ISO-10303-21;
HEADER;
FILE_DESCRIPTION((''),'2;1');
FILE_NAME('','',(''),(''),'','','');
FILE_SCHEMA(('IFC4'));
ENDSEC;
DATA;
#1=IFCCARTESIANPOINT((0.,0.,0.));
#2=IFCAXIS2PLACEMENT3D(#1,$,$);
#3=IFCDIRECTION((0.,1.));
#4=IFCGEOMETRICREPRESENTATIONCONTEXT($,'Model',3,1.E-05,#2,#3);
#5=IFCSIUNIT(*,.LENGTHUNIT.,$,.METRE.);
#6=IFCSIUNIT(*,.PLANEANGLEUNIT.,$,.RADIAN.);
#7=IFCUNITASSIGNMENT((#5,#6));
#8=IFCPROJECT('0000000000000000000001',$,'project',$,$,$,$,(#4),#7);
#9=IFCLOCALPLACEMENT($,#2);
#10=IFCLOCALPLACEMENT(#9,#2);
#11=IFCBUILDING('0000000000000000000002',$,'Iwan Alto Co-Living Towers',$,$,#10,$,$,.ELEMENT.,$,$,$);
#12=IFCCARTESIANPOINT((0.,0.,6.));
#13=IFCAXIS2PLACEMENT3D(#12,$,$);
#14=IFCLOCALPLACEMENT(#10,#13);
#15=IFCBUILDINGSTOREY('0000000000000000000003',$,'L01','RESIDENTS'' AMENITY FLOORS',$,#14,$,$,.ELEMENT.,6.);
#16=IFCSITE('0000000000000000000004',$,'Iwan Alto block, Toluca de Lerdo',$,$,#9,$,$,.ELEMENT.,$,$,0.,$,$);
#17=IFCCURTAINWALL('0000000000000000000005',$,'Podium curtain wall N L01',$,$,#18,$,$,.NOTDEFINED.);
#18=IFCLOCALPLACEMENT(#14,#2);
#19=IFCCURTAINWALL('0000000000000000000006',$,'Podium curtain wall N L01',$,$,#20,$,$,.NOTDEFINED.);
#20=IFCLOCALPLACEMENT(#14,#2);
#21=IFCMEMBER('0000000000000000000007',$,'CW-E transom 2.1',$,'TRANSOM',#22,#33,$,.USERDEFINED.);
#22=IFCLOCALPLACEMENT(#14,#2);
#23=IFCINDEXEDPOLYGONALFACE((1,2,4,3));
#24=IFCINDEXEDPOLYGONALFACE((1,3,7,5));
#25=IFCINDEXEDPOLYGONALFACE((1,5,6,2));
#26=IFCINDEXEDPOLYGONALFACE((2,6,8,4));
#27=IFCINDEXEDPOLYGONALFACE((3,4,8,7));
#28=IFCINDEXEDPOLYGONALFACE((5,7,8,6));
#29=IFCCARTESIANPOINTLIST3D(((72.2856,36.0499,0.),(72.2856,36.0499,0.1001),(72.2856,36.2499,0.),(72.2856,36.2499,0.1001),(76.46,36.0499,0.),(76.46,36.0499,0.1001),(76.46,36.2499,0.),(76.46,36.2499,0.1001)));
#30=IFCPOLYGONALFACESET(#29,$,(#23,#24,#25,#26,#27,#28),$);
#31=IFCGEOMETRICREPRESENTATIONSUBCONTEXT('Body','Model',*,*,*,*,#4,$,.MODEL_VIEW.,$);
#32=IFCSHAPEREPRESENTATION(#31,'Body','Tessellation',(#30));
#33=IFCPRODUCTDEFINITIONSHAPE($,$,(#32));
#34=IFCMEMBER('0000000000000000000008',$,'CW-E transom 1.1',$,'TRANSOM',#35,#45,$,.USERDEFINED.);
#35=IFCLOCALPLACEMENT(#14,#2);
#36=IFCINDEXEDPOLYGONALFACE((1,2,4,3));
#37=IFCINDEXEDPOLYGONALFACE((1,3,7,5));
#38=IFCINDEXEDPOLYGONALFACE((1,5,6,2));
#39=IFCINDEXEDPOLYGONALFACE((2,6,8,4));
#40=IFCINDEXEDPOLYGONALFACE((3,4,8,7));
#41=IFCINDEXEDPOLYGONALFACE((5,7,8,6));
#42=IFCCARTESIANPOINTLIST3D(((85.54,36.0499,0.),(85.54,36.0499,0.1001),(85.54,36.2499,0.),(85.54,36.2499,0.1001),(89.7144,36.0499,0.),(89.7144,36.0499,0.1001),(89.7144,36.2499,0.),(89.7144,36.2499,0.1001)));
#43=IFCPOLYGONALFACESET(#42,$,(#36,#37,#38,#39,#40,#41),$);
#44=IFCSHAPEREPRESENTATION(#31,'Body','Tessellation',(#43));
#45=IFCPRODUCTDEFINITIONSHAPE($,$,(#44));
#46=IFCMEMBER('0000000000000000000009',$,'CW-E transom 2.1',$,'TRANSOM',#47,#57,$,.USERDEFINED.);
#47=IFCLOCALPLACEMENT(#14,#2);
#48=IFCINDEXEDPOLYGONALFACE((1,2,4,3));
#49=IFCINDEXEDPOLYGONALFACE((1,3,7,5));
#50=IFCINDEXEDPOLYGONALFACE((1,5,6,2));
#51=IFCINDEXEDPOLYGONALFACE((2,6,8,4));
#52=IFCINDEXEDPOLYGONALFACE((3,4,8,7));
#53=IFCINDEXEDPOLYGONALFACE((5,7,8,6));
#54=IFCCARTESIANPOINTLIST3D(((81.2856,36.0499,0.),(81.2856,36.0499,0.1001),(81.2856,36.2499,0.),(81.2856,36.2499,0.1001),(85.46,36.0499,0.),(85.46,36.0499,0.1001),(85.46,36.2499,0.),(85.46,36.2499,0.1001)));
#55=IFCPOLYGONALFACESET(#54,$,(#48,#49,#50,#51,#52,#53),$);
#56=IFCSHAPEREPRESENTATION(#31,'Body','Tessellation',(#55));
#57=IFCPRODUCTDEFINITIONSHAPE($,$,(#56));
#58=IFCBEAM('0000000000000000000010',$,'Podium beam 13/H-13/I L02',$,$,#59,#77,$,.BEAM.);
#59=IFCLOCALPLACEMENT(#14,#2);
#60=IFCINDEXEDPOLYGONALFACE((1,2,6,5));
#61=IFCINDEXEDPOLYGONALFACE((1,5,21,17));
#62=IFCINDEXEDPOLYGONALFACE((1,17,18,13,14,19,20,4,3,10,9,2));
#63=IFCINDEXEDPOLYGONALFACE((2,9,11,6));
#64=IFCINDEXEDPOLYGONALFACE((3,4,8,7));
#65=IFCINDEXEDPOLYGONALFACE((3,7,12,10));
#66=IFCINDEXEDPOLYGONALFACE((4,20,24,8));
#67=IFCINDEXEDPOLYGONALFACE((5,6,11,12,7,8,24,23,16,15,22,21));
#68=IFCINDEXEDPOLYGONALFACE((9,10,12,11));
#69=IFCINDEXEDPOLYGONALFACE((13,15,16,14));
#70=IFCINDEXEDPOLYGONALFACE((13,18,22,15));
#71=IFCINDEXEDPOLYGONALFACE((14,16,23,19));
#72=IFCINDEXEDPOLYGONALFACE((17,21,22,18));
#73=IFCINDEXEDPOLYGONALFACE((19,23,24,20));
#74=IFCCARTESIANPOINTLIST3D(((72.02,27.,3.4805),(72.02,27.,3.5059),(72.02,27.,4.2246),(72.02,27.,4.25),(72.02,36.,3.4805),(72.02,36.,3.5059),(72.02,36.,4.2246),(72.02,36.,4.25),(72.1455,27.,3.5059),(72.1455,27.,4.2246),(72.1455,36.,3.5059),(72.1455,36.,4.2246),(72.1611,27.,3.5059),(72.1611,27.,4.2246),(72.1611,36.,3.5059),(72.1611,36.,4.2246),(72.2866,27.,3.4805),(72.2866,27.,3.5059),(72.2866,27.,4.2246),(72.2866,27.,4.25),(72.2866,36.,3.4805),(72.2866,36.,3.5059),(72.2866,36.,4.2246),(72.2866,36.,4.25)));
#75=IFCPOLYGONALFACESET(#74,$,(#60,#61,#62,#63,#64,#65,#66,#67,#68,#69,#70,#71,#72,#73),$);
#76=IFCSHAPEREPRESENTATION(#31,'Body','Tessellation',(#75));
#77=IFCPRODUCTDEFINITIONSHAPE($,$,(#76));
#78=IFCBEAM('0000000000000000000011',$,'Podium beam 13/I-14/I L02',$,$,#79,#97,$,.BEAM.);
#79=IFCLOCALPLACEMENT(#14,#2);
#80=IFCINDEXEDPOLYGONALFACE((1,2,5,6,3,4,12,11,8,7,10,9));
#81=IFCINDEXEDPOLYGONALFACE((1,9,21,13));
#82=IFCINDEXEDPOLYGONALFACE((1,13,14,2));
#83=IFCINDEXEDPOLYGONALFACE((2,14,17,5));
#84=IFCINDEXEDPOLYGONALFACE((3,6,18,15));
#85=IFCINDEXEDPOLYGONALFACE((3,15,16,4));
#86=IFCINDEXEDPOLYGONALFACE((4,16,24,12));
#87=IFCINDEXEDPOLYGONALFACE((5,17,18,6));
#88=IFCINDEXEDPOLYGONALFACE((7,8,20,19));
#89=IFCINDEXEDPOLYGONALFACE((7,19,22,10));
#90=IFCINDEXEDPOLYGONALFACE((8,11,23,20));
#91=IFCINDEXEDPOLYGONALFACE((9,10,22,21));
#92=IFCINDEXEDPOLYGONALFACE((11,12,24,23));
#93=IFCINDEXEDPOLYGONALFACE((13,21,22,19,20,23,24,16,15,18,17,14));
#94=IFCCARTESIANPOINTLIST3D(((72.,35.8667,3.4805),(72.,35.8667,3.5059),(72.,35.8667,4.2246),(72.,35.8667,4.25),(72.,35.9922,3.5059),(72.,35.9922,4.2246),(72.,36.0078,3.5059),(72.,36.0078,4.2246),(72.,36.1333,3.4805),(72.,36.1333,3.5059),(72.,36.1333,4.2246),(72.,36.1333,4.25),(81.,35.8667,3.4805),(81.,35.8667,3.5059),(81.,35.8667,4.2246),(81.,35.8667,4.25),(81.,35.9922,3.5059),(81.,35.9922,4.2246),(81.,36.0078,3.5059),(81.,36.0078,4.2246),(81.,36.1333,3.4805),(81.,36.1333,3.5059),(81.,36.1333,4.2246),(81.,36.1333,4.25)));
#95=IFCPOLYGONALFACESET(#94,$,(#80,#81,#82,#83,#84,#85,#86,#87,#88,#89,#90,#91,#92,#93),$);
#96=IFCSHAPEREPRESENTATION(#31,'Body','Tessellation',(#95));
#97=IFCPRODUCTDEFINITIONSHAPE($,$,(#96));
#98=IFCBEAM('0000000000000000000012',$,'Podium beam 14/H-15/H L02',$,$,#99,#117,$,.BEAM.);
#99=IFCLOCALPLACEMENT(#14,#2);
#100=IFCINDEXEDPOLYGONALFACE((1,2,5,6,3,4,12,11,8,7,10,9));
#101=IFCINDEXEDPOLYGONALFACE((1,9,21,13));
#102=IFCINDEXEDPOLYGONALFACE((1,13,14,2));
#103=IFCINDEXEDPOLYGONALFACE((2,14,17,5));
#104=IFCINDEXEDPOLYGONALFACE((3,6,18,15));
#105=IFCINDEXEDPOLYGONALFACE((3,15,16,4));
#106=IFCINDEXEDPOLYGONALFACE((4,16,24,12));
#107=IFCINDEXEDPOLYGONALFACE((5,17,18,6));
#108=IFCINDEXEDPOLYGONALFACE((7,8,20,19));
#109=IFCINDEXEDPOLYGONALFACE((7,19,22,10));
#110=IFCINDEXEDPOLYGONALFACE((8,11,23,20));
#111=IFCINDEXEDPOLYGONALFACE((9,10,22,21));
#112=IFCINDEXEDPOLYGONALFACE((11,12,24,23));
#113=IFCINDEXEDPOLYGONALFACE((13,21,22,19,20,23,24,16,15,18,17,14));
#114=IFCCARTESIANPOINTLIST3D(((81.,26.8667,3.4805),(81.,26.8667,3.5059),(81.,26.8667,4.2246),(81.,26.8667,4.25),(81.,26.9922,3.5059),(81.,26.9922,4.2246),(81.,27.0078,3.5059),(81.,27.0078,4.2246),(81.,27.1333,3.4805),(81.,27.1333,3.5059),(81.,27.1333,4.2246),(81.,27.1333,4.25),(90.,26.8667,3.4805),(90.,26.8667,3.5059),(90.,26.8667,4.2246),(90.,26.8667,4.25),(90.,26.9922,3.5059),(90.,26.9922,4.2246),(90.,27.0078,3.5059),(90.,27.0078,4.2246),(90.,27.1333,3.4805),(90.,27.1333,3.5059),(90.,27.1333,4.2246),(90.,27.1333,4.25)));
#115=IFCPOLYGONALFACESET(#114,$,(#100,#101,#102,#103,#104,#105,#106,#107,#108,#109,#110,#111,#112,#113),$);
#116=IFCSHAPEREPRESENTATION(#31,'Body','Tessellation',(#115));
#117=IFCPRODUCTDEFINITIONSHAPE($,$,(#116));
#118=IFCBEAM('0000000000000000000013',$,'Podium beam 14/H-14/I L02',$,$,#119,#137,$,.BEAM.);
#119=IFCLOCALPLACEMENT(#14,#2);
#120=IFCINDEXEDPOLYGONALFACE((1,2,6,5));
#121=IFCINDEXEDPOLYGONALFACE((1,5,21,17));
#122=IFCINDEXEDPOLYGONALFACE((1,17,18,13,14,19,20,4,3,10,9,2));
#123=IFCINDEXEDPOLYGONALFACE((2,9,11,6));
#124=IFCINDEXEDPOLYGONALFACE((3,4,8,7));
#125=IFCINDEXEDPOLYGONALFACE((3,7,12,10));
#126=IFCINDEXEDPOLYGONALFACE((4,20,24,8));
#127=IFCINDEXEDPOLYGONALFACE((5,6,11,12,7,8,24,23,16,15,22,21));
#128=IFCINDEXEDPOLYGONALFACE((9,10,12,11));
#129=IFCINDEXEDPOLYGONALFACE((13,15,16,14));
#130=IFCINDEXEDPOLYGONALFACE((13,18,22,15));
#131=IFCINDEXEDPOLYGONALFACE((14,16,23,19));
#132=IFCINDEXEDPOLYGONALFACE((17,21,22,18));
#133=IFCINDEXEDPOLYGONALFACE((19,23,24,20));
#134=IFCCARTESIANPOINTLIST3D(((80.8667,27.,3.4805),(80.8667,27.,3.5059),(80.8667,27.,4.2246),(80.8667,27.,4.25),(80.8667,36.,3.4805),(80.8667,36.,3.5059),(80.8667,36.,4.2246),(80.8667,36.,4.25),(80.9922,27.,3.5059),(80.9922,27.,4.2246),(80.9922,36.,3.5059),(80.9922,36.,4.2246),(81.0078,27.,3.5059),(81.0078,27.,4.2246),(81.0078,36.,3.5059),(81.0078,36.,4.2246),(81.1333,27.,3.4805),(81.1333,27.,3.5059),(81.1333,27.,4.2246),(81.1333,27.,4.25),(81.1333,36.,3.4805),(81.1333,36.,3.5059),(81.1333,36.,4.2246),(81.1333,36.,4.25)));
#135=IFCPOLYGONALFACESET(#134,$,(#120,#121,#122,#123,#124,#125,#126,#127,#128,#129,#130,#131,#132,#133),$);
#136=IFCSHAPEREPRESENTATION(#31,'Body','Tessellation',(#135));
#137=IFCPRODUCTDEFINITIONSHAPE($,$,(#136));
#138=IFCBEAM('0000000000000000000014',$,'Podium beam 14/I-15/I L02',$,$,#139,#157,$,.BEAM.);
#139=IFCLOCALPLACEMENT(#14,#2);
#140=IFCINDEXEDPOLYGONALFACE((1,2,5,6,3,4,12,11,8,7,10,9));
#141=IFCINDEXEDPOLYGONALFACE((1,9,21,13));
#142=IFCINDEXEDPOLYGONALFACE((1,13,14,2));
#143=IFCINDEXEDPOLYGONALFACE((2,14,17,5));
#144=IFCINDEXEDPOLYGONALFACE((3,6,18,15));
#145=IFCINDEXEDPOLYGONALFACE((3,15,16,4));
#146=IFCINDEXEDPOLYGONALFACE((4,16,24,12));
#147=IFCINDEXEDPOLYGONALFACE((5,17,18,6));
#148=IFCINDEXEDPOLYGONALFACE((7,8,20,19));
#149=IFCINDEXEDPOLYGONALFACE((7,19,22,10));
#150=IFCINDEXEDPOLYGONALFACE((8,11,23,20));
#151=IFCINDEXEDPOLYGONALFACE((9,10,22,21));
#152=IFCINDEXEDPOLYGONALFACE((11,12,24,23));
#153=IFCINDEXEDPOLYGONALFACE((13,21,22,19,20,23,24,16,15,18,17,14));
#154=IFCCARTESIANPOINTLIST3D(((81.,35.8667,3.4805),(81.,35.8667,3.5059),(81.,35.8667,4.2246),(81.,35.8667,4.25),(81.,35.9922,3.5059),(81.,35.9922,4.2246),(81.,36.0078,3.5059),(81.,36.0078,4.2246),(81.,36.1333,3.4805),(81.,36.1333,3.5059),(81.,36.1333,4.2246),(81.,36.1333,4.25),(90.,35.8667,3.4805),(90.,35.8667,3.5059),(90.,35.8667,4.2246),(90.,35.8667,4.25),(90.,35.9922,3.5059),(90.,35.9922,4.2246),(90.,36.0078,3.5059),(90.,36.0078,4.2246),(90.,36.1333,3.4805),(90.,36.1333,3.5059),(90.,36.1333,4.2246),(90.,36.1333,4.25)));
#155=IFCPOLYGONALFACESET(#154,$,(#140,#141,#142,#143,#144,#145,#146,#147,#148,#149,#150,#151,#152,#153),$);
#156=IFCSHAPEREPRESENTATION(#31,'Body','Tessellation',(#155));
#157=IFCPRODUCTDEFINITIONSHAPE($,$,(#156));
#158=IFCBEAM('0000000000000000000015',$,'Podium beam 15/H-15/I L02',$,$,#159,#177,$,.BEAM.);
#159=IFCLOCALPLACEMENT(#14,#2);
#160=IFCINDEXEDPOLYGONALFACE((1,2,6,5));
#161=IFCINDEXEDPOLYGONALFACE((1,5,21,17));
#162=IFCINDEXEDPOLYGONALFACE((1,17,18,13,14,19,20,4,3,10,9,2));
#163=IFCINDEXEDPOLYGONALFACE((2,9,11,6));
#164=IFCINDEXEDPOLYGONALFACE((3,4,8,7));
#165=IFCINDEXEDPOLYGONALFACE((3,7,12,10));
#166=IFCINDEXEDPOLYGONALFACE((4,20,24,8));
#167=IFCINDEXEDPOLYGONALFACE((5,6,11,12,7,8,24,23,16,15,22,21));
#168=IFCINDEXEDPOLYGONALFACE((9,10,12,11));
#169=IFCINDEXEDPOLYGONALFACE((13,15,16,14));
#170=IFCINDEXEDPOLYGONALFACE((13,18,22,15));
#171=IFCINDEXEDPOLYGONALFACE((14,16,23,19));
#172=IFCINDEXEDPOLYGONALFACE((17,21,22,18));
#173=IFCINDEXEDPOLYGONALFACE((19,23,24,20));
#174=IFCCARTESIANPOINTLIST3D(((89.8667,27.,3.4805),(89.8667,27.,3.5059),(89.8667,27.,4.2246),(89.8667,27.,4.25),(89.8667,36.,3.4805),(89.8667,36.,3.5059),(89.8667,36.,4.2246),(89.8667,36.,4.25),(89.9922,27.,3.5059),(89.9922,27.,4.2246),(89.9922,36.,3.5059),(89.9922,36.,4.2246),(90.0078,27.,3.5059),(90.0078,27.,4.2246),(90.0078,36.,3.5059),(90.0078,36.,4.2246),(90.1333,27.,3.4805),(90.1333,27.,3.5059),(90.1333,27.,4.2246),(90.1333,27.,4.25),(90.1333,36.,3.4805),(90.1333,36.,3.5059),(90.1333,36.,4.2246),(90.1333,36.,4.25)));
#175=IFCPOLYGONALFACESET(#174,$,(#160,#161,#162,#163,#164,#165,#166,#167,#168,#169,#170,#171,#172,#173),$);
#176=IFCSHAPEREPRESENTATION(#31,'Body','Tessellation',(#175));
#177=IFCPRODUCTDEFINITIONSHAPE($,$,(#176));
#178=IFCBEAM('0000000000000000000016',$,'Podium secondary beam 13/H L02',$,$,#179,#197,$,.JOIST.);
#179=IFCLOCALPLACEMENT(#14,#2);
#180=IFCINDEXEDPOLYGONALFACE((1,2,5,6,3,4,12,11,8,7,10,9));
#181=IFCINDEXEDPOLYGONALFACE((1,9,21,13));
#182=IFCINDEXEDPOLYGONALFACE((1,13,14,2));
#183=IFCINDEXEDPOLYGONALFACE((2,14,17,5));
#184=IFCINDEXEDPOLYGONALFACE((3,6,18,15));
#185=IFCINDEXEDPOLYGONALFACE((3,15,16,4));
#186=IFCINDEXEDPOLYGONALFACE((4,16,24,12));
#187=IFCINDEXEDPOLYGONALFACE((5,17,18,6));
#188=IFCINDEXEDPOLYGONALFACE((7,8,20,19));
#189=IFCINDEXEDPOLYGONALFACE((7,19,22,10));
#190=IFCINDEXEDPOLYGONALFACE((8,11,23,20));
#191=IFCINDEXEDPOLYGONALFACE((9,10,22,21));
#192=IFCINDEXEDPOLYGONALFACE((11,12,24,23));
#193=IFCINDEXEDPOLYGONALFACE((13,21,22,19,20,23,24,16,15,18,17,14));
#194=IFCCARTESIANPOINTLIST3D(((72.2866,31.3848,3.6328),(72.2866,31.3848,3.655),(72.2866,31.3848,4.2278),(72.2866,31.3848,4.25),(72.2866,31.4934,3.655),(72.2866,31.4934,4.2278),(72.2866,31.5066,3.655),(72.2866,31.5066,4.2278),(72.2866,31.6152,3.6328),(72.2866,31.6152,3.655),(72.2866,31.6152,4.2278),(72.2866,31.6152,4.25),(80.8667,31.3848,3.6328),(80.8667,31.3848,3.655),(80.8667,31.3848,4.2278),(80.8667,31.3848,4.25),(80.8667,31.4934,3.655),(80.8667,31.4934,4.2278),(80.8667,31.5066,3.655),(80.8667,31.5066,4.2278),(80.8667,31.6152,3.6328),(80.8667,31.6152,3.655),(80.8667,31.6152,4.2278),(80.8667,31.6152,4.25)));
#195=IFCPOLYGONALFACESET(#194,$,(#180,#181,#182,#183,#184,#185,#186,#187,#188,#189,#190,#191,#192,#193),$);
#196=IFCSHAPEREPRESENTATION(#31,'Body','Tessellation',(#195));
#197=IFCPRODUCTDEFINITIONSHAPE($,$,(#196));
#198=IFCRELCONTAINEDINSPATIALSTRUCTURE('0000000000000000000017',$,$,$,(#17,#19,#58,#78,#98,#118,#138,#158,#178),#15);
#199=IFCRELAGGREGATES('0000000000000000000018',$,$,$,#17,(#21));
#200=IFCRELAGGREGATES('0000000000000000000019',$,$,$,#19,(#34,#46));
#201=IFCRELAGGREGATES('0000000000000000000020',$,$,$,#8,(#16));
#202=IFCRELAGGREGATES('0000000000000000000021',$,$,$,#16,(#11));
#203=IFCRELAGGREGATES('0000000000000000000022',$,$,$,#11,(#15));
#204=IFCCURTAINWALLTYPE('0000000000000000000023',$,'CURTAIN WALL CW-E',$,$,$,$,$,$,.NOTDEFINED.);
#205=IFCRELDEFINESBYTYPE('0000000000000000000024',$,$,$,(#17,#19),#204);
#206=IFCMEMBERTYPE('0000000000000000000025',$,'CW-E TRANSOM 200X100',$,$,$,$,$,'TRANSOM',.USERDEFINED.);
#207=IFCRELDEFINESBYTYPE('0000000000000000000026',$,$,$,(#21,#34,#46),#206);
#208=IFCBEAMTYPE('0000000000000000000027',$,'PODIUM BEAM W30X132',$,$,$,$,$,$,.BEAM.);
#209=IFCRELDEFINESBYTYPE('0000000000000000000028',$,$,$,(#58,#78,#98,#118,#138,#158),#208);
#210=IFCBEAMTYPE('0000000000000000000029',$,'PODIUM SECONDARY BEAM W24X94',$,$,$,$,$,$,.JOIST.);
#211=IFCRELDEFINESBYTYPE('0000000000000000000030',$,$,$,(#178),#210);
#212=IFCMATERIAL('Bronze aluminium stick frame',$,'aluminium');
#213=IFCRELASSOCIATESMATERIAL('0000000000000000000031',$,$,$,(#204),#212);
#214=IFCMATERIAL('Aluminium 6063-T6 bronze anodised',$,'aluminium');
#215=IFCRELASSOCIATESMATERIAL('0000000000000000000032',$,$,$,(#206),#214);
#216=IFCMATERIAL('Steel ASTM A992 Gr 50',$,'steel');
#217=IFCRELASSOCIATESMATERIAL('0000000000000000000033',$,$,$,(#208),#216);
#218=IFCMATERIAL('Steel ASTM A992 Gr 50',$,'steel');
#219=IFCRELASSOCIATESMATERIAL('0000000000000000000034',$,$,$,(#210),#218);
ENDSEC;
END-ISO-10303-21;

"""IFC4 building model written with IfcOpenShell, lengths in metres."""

from ifc_helpers import new_model, si_unit, direction, frame, origin, origin_2d, place, context, subcontext, project, spatial, rectangle, i_section, extrude, material, material_profile, profile_set, type_object, element, aggregate, save


model = new_model("IFC4")

# Units and contexts
model_context = context("Model", 3, precision=1e-05, world=origin(), true_north=direction((0.0, 1.0)))
body_context = subcontext(model_context, "Body", "Model", "MODEL_VIEW")
ifc_project = project(units=[si_unit("LENGTHUNIT", "METRE"), si_unit("PLANEANGLEUNIT", "RADIAN")], contexts=[model_context])

# Site, building, storey
site_placement = place(None, origin())
site = spatial("IfcSite", under=ifc_project, at=site_placement, Name="Iwan Alto block, Toluca de Lerdo", CompositionType="ELEMENT", RefElevation=0.0)
building_placement = place(site_placement, origin())
building = spatial("IfcBuilding", under=site, at=building_placement, Name="Iwan Alto Co-Living Towers", CompositionType="ELEMENT")
storey_placement = place(building_placement, frame((0.0, 0.0, 6.0)))
storey = spatial("IfcBuildingStorey", under=building, at=storey_placement, Name="L01", Description="RESIDENTS' AMENITY FLOORS", CompositionType="ELEMENT", Elevation=6.0)

# Curtain walls
ifc_material_1 = material(Name="Bronze aluminium stick frame", Category="aluminium")
curtain_wall_type = type_object("IfcCurtainWallType", Name="CURTAIN WALL CW-E", PredefinedType="NOTDEFINED", material=ifc_material_1)
curtain_wall_1_placement = place(storey_placement, origin())
curtain_wall_1 = element("IfcCurtainWall", 1, at=curtain_wall_1_placement, inside=storey, type_object=curtain_wall_type, Name="Podium curtain wall N L01", PredefinedType="NOTDEFINED")
curtain_wall_2_placement = place(storey_placement, origin())
curtain_wall_2 = element("IfcCurtainWall", 2, at=curtain_wall_2_placement, inside=storey, type_object=curtain_wall_type, Name="Podium curtain wall N L01", PredefinedType="NOTDEFINED")

# Members
ifc_material_2 = material(Name="Aluminium 6063-T6 bronze anodised", Category="aluminium")
ifc_material_profile_1 = material_profile(ifc_material_2, rectangle(XDim=0.2, YDim=0.1001, at=origin_2d()), Name="AL 200X100")
ifc_profile_set_1 = profile_set([ifc_material_profile_1], Name="Aluminium 6063-T6 bronze anodised")
member_type_1 = type_object("IfcMemberType", Name="CW-E TRANSOM 200X100", ElementType="TRANSOM", PredefinedType="USERDEFINED", material=ifc_profile_set_1)
member_1_placement = place(storey_placement, frame((76.46, 36.1499, 0.05), z_axis=(-1.0, 0.0, 0.0), x_axis=(0.0, -1.0, 0.0)))
member_1 = element("IfcMember", 3, at=member_1_placement, type_object=member_type_1, Name="CW-E transom 2.1", ObjectType="TRANSOM", PredefinedType="USERDEFINED", context=body_context, shape_type="SweptSolid", body=[
    extrude(rectangle(XDim=0.2, YDim=0.1001, at=origin_2d()), origin(), (0.0, 0.0, 1.0), 4.1743),
])
member_2_placement = place(storey_placement, frame((89.7144, 36.1499, 0.05), z_axis=(-1.0, 0.0, 0.0), x_axis=(0.0, -1.0, 0.0)))
member_2 = element("IfcMember", 4, at=member_2_placement, type_object=member_type_1, Name="CW-E transom 1.1", ObjectType="TRANSOM", PredefinedType="USERDEFINED", context=body_context, shape_type="SweptSolid", body=[
    extrude(rectangle(XDim=0.2, YDim=0.1001, at=origin_2d()), origin(), (0.0, 0.0, 1.0), 4.1743),
])
member_3_placement = place(storey_placement, frame((85.46, 36.1499, 0.05), z_axis=(-1.0, 0.0, 0.0), x_axis=(0.0, -1.0, 0.0)))
member_3 = element("IfcMember", 5, at=member_3_placement, type_object=member_type_1, Name="CW-E transom 2.1", ObjectType="TRANSOM", PredefinedType="USERDEFINED", context=body_context, shape_type="SweptSolid", body=[
    extrude(rectangle(XDim=0.2, YDim=0.1001, at=origin_2d()), origin(), (0.0, 0.0, 1.0), 4.1743),
])

# Beams
ifc_material_3 = material(Name="Steel ASTM A992 Gr 50", Category="steel")
ifc_material_profile_2 = material_profile(ifc_material_3, i_section(OverallWidth=0.2666, OverallDepth=0.7695, WebThickness=0.0156, FlangeThickness=0.0254, at=origin_2d()), Name="W30X132")
ifc_profile_set_2 = profile_set([ifc_material_profile_2], Name="Steel ASTM A992 Gr 50")
beam_type_1 = type_object("IfcBeamType", Name="PODIUM BEAM W30X132", PredefinedType="BEAM", material=ifc_profile_set_2)
for number, where, z_axis, x_axis, name in (
    (6, (72.1533, 27.0, 3.8652), (0.0, 1.0, 0.0), (-1.0, 0.0, 0.0), "Podium beam 13/H-13/I L02"),
    (7, (72.0, 36.0, 3.8652), (1.0, 0.0, 0.0), (0.0, 1.0, 0.0), "Podium beam 13/I-14/I L02"),
    (8, (81.0, 27.0, 3.8652), (1.0, 0.0, 0.0), (0.0, 1.0, 0.0), "Podium beam 14/H-15/H L02"),
    (9, (81.0, 27.0, 3.8652), (0.0, 1.0, 0.0), (-1.0, 0.0, 0.0), "Podium beam 14/H-14/I L02"),
    (10, (81.0, 36.0, 3.8652), (1.0, 0.0, 0.0), (0.0, 1.0, 0.0), "Podium beam 14/I-15/I L02"),
    (11, (90.0, 27.0, 3.8652), (0.0, 1.0, 0.0), (-1.0, 0.0, 0.0), "Podium beam 15/H-15/I L02"),
):
    element("IfcBeam", number, at=place(storey_placement, frame(where, z_axis=z_axis, x_axis=x_axis)), inside=storey, type_object=beam_type_1, Name=name, PredefinedType="BEAM", context=body_context, shape_type="SweptSolid", body=[
        extrude(i_section(OverallWidth=0.2666, OverallDepth=0.7695, WebThickness=0.0156, FlangeThickness=0.0254, at=origin_2d()), origin(), (0.0, 0.0, 1.0), 9.0),
    ])
ifc_material_4 = material(Name="Steel ASTM A992 Gr 50", Category="steel")
ifc_material_profile_3 = material_profile(ifc_material_4, i_section(OverallWidth=0.2305, OverallDepth=0.6172, WebThickness=0.0132, FlangeThickness=0.0222, at=origin_2d()), Name="W24X94")
ifc_profile_set_3 = profile_set([ifc_material_profile_3], Name="Steel ASTM A992 Gr 50")
beam_type_2 = type_object("IfcBeamType", Name="PODIUM SECONDARY BEAM W24X94", PredefinedType="JOIST", material=ifc_profile_set_3)
beam_1_placement = place(storey_placement, frame((72.2866, 31.5, 3.9414), z_axis=(1.0, 0.0, 0.0), x_axis=(0.0, 1.0, 0.0)))
element("IfcBeam", 12, at=beam_1_placement, inside=storey, type_object=beam_type_2, Name="Podium secondary beam 13/H L02", PredefinedType="JOIST", context=body_context, shape_type="SweptSolid", body=[
    extrude(i_section(OverallWidth=0.2305, OverallDepth=0.6172, WebThickness=0.0132, FlangeThickness=0.0222, at=origin_2d()), origin(), (0.0, 0.0, 1.0), 8.5801),
])

aggregate(curtain_wall_1, [member_1])
aggregate(curtain_wall_2, [member_2, member_3])

save(model, "model.ifc")
